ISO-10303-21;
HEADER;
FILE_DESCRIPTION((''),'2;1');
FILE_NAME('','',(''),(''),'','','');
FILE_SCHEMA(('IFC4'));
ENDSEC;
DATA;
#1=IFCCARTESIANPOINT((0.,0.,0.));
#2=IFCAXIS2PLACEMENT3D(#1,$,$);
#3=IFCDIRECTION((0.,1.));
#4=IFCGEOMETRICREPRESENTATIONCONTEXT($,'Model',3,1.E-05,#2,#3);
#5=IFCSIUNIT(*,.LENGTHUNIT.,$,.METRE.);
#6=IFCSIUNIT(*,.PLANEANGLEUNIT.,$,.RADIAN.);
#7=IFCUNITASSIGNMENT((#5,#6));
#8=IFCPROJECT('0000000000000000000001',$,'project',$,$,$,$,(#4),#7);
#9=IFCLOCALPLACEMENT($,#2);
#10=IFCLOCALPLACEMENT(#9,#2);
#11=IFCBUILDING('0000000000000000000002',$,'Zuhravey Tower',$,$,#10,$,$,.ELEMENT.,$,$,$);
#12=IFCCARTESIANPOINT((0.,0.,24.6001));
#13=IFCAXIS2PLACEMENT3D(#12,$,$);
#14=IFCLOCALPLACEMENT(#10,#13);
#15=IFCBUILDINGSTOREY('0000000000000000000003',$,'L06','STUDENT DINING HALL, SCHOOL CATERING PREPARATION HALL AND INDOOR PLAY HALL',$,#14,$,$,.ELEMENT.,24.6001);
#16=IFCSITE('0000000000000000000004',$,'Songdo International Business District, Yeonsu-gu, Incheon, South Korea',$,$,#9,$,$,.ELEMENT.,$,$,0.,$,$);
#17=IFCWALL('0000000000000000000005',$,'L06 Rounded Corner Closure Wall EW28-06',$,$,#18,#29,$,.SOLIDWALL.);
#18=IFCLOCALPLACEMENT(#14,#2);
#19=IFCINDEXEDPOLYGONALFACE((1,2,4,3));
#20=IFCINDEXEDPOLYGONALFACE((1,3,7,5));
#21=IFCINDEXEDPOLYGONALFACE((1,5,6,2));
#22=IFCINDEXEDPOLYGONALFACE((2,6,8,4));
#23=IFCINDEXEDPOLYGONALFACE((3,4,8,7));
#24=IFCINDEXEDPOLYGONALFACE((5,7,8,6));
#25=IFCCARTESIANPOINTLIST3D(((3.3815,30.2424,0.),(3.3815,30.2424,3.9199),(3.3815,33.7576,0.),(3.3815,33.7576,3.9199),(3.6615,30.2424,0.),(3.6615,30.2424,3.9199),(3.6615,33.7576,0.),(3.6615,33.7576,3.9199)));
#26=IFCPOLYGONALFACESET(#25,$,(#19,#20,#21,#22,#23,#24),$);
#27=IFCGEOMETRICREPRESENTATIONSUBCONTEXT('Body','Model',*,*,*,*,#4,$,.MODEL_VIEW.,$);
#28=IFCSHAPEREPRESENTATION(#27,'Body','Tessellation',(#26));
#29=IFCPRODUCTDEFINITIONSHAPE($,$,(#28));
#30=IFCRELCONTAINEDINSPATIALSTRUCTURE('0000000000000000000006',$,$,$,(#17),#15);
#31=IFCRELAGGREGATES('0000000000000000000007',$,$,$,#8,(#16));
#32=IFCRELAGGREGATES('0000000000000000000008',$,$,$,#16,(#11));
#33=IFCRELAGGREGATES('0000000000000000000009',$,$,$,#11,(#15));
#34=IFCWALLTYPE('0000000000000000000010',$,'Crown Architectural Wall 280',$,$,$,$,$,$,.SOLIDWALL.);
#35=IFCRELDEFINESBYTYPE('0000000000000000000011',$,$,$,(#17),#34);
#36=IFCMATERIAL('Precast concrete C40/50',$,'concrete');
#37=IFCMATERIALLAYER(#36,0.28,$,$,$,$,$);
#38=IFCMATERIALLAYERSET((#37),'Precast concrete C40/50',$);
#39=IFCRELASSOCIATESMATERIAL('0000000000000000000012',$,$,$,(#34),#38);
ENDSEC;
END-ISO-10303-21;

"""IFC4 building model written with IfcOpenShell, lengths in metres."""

from ifc_helpers import new_model, si_unit, direction, frame, frame_2d, origin, place, context, subcontext, project, spatial, rectangle, extrude, material, layer, layer_set, type_object, element, save


model = new_model("IFC4")

# Units and contexts
model_context = context("Model", 3, precision=1e-05, world=origin(), true_north=direction((0.0, 1.0)))
body_context = subcontext(model_context, "Body", "Model", "MODEL_VIEW")
ifc_project = project(units=[si_unit("LENGTHUNIT", "METRE"), si_unit("PLANEANGLEUNIT", "RADIAN")], contexts=[model_context])

# Site, building, storey
site_placement = place(None, origin())
site = spatial("IfcSite", under=ifc_project, at=site_placement, Name="Songdo International Business District, Yeonsu-gu, Incheon, South Korea", CompositionType="ELEMENT", RefElevation=0.0)
building_placement = place(site_placement, origin())
building = spatial("IfcBuilding", under=site, at=building_placement, Name="Zuhravey Tower", CompositionType="ELEMENT")
storey_placement = place(building_placement, frame((0.0, 0.0, 24.6001)))
storey = spatial("IfcBuildingStorey", under=building, at=storey_placement, Name="L06", Description="STUDENT DINING HALL, SCHOOL CATERING PREPARATION HALL AND INDOOR PLAY HALL", CompositionType="ELEMENT", Elevation=24.6001)

# Wall
ifc_material_1 = material(Name="Precast concrete C40/50", Category="concrete")
ifc_layer_1 = layer(ifc_material_1, 0.28)
ifc_layer_set_1 = layer_set([ifc_layer_1], Name="Precast concrete C40/50")
wall_type = type_object("IfcWallType", Name="Crown Architectural Wall 280", PredefinedType="SOLIDWALL", material=ifc_layer_set_1)
wall_1_placement = place(storey_placement, frame((3.5215, 30.2424, 0.0), z_axis=(0.0, 0.0, 1.0), x_axis=(0.0, 1.0, 0.0)))
element("IfcWall", 1, at=wall_1_placement, inside=storey, type_object=wall_type, Name="L06 Rounded Corner Closure Wall EW28-06", PredefinedType="SOLIDWALL", context=body_context, shape_type="SweptSolid", body=[
    extrude(rectangle(XDim=3.5151, YDim=0.28, at=frame_2d((1.7576, 0.0))), origin(), (0.0, 0.0, 1.0), 3.9199),
])

save(model, "model.ifc")
